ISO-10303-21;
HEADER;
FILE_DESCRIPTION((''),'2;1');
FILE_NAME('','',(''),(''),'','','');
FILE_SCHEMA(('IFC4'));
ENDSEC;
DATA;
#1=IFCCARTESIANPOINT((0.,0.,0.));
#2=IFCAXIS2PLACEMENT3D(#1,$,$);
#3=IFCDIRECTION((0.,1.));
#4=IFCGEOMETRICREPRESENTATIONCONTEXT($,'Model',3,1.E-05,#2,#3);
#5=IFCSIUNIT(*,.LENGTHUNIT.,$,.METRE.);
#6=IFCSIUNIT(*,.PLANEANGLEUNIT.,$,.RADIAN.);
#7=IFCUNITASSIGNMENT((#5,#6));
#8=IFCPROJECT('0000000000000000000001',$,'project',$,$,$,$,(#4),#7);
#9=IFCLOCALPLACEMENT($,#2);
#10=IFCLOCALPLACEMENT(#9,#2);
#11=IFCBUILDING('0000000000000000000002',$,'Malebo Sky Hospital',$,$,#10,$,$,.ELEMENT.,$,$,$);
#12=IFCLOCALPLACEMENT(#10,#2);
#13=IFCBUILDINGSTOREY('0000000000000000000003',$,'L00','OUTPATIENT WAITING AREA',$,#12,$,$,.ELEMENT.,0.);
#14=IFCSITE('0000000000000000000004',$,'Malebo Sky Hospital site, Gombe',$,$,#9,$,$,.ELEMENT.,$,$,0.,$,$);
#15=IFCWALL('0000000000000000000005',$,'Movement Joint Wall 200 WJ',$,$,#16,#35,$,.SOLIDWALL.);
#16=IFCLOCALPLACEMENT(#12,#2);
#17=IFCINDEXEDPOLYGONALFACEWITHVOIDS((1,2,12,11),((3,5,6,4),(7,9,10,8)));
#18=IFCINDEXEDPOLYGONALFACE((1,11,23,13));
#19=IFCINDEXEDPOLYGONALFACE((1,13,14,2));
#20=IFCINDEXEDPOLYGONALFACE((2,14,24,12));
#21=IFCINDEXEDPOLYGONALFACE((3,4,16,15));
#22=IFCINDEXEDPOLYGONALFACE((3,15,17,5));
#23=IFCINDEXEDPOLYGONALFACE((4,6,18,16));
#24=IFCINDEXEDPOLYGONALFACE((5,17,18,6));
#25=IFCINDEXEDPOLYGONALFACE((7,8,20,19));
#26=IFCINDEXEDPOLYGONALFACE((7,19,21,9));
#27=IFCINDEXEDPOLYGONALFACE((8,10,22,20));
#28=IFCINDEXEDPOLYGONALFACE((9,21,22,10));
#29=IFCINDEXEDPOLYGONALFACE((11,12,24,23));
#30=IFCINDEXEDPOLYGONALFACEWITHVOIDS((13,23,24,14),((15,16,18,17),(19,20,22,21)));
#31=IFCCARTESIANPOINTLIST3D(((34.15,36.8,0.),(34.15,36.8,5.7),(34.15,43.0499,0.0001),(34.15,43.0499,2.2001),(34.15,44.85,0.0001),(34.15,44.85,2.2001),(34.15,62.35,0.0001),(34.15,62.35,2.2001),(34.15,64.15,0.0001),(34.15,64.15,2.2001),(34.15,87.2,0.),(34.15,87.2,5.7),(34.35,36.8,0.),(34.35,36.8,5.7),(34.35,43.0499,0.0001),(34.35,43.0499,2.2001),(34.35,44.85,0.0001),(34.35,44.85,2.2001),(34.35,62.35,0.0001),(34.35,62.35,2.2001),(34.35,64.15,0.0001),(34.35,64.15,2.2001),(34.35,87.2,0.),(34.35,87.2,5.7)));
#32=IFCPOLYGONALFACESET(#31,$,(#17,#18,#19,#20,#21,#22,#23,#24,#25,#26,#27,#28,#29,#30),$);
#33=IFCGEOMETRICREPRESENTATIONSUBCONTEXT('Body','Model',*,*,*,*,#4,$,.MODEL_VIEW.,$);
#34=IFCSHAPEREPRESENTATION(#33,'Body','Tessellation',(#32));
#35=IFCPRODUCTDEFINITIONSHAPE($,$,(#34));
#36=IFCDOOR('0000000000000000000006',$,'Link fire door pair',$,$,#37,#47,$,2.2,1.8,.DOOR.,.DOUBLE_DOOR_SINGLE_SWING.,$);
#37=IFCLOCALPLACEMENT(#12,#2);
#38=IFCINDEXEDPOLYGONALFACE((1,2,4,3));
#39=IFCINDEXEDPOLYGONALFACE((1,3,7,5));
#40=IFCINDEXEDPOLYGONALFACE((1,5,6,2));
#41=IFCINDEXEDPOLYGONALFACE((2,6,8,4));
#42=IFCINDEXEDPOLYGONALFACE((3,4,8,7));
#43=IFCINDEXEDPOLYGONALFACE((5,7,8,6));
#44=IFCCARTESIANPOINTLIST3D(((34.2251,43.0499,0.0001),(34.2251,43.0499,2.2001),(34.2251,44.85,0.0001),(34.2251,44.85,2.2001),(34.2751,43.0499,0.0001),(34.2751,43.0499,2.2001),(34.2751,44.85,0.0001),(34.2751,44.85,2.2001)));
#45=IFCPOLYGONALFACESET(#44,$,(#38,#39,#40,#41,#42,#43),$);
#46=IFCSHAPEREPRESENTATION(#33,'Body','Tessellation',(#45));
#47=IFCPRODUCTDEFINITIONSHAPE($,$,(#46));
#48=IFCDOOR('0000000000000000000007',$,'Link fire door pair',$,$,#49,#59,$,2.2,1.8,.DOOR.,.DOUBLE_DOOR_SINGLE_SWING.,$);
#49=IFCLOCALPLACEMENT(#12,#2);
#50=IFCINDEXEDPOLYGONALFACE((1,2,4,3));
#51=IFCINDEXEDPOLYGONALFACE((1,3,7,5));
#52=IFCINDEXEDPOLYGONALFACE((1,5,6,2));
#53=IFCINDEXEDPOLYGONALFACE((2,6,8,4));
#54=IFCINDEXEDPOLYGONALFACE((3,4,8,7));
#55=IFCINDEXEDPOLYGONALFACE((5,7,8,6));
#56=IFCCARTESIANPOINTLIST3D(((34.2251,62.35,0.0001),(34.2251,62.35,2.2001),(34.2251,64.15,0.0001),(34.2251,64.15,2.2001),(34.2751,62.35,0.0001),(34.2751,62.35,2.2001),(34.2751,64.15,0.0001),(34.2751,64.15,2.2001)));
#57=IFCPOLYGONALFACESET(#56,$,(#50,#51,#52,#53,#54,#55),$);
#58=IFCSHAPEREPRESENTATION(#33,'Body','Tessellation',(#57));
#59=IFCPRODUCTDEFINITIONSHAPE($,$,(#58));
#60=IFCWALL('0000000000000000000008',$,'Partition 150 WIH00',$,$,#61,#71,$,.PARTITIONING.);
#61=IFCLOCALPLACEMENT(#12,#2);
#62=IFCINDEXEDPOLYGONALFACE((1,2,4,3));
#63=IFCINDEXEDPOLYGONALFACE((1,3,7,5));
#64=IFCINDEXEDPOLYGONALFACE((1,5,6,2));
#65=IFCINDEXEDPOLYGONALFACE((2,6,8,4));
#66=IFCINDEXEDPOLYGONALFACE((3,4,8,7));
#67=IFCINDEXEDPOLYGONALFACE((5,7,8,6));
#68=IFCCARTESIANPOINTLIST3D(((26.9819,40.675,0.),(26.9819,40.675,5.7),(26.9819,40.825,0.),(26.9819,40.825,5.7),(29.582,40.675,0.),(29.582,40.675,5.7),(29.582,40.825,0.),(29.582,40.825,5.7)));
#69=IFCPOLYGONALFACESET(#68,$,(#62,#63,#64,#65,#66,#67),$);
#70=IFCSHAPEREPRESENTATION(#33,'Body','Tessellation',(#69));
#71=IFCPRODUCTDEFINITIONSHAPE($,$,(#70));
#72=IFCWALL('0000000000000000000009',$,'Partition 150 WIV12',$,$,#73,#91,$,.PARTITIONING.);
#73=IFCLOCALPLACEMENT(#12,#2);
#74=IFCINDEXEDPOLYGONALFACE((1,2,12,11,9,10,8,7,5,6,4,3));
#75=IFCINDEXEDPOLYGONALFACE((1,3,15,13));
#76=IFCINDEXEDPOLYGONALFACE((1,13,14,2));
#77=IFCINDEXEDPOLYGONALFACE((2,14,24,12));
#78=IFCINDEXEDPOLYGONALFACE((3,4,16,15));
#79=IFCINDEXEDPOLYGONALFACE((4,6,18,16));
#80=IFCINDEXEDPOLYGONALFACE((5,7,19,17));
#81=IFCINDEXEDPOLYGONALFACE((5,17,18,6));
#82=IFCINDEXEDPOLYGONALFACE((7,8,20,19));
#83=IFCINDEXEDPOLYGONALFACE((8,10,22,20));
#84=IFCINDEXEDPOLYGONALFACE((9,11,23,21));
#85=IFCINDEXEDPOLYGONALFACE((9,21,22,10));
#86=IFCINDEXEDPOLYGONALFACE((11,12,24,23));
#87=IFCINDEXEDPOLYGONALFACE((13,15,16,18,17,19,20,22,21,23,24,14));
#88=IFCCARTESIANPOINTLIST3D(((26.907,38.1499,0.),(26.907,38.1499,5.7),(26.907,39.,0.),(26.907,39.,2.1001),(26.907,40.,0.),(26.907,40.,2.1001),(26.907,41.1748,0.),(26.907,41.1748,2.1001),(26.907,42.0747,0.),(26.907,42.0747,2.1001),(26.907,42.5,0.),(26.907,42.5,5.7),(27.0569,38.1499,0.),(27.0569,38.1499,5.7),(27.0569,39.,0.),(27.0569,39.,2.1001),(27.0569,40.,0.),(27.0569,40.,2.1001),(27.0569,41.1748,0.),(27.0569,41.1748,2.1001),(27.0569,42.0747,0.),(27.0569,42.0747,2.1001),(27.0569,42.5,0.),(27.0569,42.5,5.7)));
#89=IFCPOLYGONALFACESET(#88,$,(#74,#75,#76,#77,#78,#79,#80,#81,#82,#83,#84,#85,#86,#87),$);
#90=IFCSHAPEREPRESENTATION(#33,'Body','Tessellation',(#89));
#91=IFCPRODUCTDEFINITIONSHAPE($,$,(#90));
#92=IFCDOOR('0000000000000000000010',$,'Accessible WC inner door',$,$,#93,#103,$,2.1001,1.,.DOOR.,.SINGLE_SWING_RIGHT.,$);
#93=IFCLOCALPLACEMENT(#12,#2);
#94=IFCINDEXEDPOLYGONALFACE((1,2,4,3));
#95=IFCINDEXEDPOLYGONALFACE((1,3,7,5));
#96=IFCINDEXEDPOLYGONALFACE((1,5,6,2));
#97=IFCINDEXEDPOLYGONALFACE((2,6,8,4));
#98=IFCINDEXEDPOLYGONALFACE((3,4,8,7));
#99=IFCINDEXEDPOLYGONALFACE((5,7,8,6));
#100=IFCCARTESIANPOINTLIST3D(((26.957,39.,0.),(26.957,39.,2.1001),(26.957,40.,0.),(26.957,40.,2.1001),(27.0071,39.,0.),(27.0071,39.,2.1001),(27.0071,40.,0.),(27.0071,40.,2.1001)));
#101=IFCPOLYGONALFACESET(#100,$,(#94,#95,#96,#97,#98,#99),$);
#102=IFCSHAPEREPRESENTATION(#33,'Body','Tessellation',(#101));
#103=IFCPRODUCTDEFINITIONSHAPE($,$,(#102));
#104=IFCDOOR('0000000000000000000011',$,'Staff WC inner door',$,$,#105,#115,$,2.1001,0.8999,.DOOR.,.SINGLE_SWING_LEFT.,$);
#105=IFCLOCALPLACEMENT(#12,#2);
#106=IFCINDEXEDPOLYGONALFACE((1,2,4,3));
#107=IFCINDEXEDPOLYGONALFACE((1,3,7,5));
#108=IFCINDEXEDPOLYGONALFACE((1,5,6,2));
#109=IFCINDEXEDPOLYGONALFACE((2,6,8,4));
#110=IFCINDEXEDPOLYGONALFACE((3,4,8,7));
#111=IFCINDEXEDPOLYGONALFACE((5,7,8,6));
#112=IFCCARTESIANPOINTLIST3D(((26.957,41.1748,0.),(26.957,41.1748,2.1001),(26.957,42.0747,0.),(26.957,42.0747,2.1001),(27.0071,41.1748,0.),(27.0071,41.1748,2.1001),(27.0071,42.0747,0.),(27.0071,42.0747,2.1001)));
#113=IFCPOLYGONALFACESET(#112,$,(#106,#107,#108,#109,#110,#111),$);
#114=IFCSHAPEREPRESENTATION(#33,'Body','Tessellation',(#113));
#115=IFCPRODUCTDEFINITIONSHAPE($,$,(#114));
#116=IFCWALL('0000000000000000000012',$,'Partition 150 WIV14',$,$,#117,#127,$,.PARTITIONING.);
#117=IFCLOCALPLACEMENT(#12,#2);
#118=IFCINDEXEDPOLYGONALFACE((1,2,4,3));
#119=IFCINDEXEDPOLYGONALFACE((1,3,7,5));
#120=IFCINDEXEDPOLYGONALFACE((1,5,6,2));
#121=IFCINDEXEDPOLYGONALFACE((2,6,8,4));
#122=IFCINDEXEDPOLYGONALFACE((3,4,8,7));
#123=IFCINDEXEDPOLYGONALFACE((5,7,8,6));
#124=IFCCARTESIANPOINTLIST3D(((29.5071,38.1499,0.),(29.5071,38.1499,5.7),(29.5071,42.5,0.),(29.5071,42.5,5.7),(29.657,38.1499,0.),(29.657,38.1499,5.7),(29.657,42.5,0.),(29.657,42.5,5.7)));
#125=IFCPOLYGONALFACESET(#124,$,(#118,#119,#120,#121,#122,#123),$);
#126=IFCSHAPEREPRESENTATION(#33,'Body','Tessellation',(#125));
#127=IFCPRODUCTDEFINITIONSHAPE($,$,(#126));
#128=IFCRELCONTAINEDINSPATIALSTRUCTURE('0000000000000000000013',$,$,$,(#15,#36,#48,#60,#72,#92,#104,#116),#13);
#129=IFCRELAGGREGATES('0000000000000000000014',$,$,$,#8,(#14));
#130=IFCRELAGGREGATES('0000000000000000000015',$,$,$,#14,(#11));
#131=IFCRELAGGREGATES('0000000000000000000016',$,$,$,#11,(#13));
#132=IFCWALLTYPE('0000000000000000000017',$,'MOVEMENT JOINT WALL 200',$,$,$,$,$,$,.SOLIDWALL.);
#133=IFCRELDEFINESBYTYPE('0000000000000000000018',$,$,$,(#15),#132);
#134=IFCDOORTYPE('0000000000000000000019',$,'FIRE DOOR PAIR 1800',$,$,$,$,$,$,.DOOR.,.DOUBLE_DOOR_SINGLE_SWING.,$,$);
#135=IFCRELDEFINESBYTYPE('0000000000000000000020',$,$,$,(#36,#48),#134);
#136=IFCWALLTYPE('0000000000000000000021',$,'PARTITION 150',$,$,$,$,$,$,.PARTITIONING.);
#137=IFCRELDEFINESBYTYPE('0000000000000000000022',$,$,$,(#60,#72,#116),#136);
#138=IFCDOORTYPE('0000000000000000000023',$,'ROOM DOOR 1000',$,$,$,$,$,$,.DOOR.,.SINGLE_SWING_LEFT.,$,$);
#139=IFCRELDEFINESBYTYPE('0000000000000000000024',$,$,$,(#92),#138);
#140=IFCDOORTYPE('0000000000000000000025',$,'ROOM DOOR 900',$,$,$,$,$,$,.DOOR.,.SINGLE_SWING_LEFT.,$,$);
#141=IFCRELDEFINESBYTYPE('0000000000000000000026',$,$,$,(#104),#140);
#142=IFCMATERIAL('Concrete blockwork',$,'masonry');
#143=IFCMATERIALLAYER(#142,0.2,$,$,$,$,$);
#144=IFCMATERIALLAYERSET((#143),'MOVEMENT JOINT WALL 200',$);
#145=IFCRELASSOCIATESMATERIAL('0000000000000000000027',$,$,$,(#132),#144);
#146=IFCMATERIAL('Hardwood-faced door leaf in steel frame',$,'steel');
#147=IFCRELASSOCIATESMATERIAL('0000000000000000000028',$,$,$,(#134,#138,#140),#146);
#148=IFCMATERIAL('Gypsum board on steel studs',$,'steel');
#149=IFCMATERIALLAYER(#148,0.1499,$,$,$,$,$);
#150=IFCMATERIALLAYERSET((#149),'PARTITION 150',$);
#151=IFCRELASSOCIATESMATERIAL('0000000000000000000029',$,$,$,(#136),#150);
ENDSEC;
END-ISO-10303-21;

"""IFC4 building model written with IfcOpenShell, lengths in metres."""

from ifc_helpers import new_model, si_unit, direction, frame, frame_2d, origin, place, context, subcontext, project, spatial, rectangle, extrude, material, layer, layer_set, type_object, element, fill, save


model = new_model("IFC4")

# Units and contexts
model_context = context("Model", 3, precision=1e-05, world=origin(), true_north=direction((0.0, 1.0)))
body_context = subcontext(model_context, "Body", "Model", "MODEL_VIEW")
ifc_project = project(units=[si_unit("LENGTHUNIT", "METRE"), si_unit("PLANEANGLEUNIT", "RADIAN")], contexts=[model_context])

# Site, building, storey
site_placement = place(None, origin())
site = spatial("IfcSite", under=ifc_project, at=site_placement, Name="Malebo Sky Hospital site, Gombe", CompositionType="ELEMENT", RefElevation=0.0)
building_placement = place(site_placement, origin())
building = spatial("IfcBuilding", under=site, at=building_placement, Name="Malebo Sky Hospital", CompositionType="ELEMENT")
storey_placement = place(building_placement, origin())
storey = spatial("IfcBuildingStorey", under=building, at=storey_placement, Name="L00", Description="OUTPATIENT WAITING AREA", CompositionType="ELEMENT", Elevation=0.0)

# Wall, openings, doors
ifc_material_1 = material(Name="Concrete blockwork", Category="masonry")
ifc_layer_1 = layer(ifc_material_1, 0.2)
ifc_layer_set_1 = layer_set([ifc_layer_1], Name="MOVEMENT JOINT WALL 200")
wall_type_1 = type_object("IfcWallType", Name="MOVEMENT JOINT WALL 200", PredefinedType="SOLIDWALL", material=ifc_layer_set_1)
wall_1_placement = place(storey_placement, frame((34.25, 36.8, 0.0), z_axis=(0.0, 0.0, 1.0), x_axis=(0.0, 1.0, 0.0)))
wall_1 = element("IfcWall", 1, at=wall_1_placement, inside=storey, type_object=wall_type_1, Name="Movement Joint Wall 200 WJ", PredefinedType="SOLIDWALL", context=body_context, shape_type="SweptSolid", body=[
    extrude(rectangle(XDim=50.3999, YDim=0.2, at=frame_2d((25.2, 0.0))), origin(), (0.0, 0.0, 1.0), 5.7),
])
opening_1_placement = place(wall_1_placement, frame((6.25, 0.0, 0.0)))
opening_1 = element("IfcOpeningElement", 2, at=opening_1_placement, cuts=wall_1, PredefinedType="OPENING", context=body_context, shape_type="SweptSolid", body=[
    extrude(rectangle(XDim=1.8, YDim=2.2, at=frame_2d((0.8999, 1.1001))), frame((0.0, 0.1099, 0.0), z_axis=(0.0, -1.0, 0.0), x_axis=(1.0, 0.0, 0.0)), (0.0, 0.0, 1.0), 0.22),
])
opening_2_placement = place(wall_1_placement, frame((25.55, 0.0, 0.0)))
opening_2 = element("IfcOpeningElement", 3, at=opening_2_placement, cuts=wall_1, PredefinedType="OPENING", context=body_context, shape_type="SweptSolid", body=[
    extrude(rectangle(XDim=1.8, YDim=2.2, at=frame_2d((0.8999, 1.1001))), frame((0.0, 0.1099, 0.0), z_axis=(0.0, -1.0, 0.0), x_axis=(1.0, 0.0, 0.0)), (0.0, 0.0, 1.0), 0.22),
])
ifc_material_2 = material(Name="Hardwood-faced door leaf in steel frame", Category="steel")
door_type_1 = type_object("IfcDoorType", Name="FIRE DOOR PAIR 1800", OperationType="DOUBLE_DOOR_SINGLE_SWING", PredefinedType="DOOR", material=ifc_material_2)
door_1_placement = place(opening_1_placement, origin())
door_1 = element("IfcDoor", 4, at=door_1_placement, inside=storey, type_object=door_type_1, Name="Link fire door pair", OperationType="DOUBLE_DOOR_SINGLE_SWING", OverallHeight=2.2, OverallWidth=1.8, PredefinedType="DOOR", context=body_context, shape_type="SweptSolid", body=[
    extrude(rectangle(XDim=1.8, YDim=2.2, at=frame_2d((0.8999, 1.1001))), frame((0.0, 0.0249, 0.0), z_axis=(0.0, -1.0, 0.0), x_axis=(1.0, 0.0, 0.0)), (0.0, 0.0, 1.0), 0.05),
])
fill(opening_1, door_1)
door_2_placement = place(opening_2_placement, origin())
door_2 = element("IfcDoor", 5, at=door_2_placement, inside=storey, type_object=door_type_1, Name="Link fire door pair", OperationType="DOUBLE_DOOR_SINGLE_SWING", OverallHeight=2.2, OverallWidth=1.8, PredefinedType="DOOR", context=body_context, shape_type="SweptSolid", body=[
    extrude(rectangle(XDim=1.8, YDim=2.2, at=frame_2d((0.8999, 1.1001))), frame((0.0, 0.0249, 0.0), z_axis=(0.0, -1.0, 0.0), x_axis=(1.0, 0.0, 0.0)), (0.0, 0.0, 1.0), 0.05),
])
fill(opening_2, door_2)

# Wall
ifc_material_3 = material(Name="Gypsum board on steel studs", Category="steel")
ifc_layer_2 = layer(ifc_material_3, 0.1499)
ifc_layer_set_2 = layer_set([ifc_layer_2], Name="PARTITION 150")
wall_type_2 = type_object("IfcWallType", Name="PARTITION 150", PredefinedType="PARTITIONING", material=ifc_layer_set_2)
wall_2_placement = place(storey_placement, frame((26.9819, 40.75, 0.0), z_axis=(0.0, 0.0, 1.0), x_axis=(1.0, 0.0, 0.0)))
element("IfcWall", 6, at=wall_2_placement, inside=storey, type_object=wall_type_2, Name="Partition 150 WIH00", PredefinedType="PARTITIONING", context=body_context, shape_type="SweptSolid", body=[
    extrude(rectangle(XDim=2.6001, YDim=0.1499, at=frame_2d((1.3, 0.0))), origin(), (0.0, 0.0, 1.0), 5.7),
])

# Wall, openings, doors
wall_3_placement = place(storey_placement, frame((26.9819, 38.1499, 0.0), z_axis=(0.0, 0.0, 1.0), x_axis=(0.0, 1.0, 0.0)))
wall_3 = element("IfcWall", 7, at=wall_3_placement, inside=storey, type_object=wall_type_2, Name="Partition 150 WIV12", PredefinedType="PARTITIONING", context=body_context, shape_type="SweptSolid", body=[
    extrude(rectangle(XDim=4.3501, YDim=0.1499, at=frame_2d((2.175, 0.0))), origin(), (0.0, 0.0, 1.0), 5.7),
])
opening_3_placement = place(wall_3_placement, frame((0.8501, 0.0, 0.0)))
opening_3 = element("IfcOpeningElement", 8, at=opening_3_placement, cuts=wall_3, PredefinedType="OPENING", context=body_context, shape_type="SweptSolid", body=[
    extrude(rectangle(XDim=1.0, YDim=2.1001, at=frame_2d((0.5, 1.05))), frame((0.0, 0.085, 0.0), z_axis=(0.0, -1.0, 0.0), x_axis=(1.0, 0.0, 0.0)), (0.0, 0.0, 1.0), 0.1699),
])
opening_4_placement = place(wall_3_placement, frame((3.0249, 0.0, 0.0)))
opening_4 = element("IfcOpeningElement", 9, at=opening_4_placement, cuts=wall_3, PredefinedType="OPENING", context=body_context, shape_type="SweptSolid", body=[
    extrude(rectangle(XDim=0.8999, YDim=2.1001, at=frame_2d((0.45, 1.05))), frame((0.0, 0.085, 0.0), z_axis=(0.0, -1.0, 0.0), x_axis=(1.0, 0.0, 0.0)), (0.0, 0.0, 1.0), 0.1699),
])
door_type_2 = type_object("IfcDoorType", Name="ROOM DOOR 1000", OperationType="SINGLE_SWING_LEFT", PredefinedType="DOOR", material=ifc_material_2)
door_3_placement = place(opening_3_placement, origin())
door_3 = element("IfcDoor", 10, at=door_3_placement, inside=storey, type_object=door_type_2, Name="Accessible WC inner door", OperationType="SINGLE_SWING_RIGHT", OverallHeight=2.1001, OverallWidth=1.0, PredefinedType="DOOR", context=body_context, shape_type="SweptSolid", body=[
    extrude(rectangle(XDim=1.0, YDim=2.1001, at=frame_2d((0.5, 1.05))), frame((0.0, 0.0249, 0.0), z_axis=(0.0, -1.0, 0.0), x_axis=(1.0, 0.0, 0.0)), (0.0, 0.0, 1.0), 0.05),
])
fill(opening_3, door_3)
door_type_3 = type_object("IfcDoorType", Name="ROOM DOOR 900", OperationType="SINGLE_SWING_LEFT", PredefinedType="DOOR", material=ifc_material_2)
door_4_placement = place(opening_4_placement, origin())
door_4 = element("IfcDoor", 11, at=door_4_placement, inside=storey, type_object=door_type_3, Name="Staff WC inner door", OperationType="SINGLE_SWING_LEFT", OverallHeight=2.1001, OverallWidth=0.8999, PredefinedType="DOOR", context=body_context, shape_type="SweptSolid", body=[
    extrude(rectangle(XDim=0.8999, YDim=2.1001, at=frame_2d((0.45, 1.05))), frame((0.0, 0.0249, 0.0), z_axis=(0.0, -1.0, 0.0), x_axis=(1.0, 0.0, 0.0)), (0.0, 0.0, 1.0), 0.05),
])
fill(opening_4, door_4)

# Wall
wall_4_placement = place(storey_placement, frame((29.582, 38.1499, 0.0), z_axis=(0.0, 0.0, 1.0), x_axis=(0.0, 1.0, 0.0)))
element("IfcWall", 12, at=wall_4_placement, inside=storey, type_object=wall_type_2, Name="Partition 150 WIV14", PredefinedType="PARTITIONING", context=body_context, shape_type="SweptSolid", body=[
    extrude(rectangle(XDim=4.3501, YDim=0.1499, at=frame_2d((2.175, 0.0))), origin(), (0.0, 0.0, 1.0), 5.7),
])

save(model, "model.ifc")
